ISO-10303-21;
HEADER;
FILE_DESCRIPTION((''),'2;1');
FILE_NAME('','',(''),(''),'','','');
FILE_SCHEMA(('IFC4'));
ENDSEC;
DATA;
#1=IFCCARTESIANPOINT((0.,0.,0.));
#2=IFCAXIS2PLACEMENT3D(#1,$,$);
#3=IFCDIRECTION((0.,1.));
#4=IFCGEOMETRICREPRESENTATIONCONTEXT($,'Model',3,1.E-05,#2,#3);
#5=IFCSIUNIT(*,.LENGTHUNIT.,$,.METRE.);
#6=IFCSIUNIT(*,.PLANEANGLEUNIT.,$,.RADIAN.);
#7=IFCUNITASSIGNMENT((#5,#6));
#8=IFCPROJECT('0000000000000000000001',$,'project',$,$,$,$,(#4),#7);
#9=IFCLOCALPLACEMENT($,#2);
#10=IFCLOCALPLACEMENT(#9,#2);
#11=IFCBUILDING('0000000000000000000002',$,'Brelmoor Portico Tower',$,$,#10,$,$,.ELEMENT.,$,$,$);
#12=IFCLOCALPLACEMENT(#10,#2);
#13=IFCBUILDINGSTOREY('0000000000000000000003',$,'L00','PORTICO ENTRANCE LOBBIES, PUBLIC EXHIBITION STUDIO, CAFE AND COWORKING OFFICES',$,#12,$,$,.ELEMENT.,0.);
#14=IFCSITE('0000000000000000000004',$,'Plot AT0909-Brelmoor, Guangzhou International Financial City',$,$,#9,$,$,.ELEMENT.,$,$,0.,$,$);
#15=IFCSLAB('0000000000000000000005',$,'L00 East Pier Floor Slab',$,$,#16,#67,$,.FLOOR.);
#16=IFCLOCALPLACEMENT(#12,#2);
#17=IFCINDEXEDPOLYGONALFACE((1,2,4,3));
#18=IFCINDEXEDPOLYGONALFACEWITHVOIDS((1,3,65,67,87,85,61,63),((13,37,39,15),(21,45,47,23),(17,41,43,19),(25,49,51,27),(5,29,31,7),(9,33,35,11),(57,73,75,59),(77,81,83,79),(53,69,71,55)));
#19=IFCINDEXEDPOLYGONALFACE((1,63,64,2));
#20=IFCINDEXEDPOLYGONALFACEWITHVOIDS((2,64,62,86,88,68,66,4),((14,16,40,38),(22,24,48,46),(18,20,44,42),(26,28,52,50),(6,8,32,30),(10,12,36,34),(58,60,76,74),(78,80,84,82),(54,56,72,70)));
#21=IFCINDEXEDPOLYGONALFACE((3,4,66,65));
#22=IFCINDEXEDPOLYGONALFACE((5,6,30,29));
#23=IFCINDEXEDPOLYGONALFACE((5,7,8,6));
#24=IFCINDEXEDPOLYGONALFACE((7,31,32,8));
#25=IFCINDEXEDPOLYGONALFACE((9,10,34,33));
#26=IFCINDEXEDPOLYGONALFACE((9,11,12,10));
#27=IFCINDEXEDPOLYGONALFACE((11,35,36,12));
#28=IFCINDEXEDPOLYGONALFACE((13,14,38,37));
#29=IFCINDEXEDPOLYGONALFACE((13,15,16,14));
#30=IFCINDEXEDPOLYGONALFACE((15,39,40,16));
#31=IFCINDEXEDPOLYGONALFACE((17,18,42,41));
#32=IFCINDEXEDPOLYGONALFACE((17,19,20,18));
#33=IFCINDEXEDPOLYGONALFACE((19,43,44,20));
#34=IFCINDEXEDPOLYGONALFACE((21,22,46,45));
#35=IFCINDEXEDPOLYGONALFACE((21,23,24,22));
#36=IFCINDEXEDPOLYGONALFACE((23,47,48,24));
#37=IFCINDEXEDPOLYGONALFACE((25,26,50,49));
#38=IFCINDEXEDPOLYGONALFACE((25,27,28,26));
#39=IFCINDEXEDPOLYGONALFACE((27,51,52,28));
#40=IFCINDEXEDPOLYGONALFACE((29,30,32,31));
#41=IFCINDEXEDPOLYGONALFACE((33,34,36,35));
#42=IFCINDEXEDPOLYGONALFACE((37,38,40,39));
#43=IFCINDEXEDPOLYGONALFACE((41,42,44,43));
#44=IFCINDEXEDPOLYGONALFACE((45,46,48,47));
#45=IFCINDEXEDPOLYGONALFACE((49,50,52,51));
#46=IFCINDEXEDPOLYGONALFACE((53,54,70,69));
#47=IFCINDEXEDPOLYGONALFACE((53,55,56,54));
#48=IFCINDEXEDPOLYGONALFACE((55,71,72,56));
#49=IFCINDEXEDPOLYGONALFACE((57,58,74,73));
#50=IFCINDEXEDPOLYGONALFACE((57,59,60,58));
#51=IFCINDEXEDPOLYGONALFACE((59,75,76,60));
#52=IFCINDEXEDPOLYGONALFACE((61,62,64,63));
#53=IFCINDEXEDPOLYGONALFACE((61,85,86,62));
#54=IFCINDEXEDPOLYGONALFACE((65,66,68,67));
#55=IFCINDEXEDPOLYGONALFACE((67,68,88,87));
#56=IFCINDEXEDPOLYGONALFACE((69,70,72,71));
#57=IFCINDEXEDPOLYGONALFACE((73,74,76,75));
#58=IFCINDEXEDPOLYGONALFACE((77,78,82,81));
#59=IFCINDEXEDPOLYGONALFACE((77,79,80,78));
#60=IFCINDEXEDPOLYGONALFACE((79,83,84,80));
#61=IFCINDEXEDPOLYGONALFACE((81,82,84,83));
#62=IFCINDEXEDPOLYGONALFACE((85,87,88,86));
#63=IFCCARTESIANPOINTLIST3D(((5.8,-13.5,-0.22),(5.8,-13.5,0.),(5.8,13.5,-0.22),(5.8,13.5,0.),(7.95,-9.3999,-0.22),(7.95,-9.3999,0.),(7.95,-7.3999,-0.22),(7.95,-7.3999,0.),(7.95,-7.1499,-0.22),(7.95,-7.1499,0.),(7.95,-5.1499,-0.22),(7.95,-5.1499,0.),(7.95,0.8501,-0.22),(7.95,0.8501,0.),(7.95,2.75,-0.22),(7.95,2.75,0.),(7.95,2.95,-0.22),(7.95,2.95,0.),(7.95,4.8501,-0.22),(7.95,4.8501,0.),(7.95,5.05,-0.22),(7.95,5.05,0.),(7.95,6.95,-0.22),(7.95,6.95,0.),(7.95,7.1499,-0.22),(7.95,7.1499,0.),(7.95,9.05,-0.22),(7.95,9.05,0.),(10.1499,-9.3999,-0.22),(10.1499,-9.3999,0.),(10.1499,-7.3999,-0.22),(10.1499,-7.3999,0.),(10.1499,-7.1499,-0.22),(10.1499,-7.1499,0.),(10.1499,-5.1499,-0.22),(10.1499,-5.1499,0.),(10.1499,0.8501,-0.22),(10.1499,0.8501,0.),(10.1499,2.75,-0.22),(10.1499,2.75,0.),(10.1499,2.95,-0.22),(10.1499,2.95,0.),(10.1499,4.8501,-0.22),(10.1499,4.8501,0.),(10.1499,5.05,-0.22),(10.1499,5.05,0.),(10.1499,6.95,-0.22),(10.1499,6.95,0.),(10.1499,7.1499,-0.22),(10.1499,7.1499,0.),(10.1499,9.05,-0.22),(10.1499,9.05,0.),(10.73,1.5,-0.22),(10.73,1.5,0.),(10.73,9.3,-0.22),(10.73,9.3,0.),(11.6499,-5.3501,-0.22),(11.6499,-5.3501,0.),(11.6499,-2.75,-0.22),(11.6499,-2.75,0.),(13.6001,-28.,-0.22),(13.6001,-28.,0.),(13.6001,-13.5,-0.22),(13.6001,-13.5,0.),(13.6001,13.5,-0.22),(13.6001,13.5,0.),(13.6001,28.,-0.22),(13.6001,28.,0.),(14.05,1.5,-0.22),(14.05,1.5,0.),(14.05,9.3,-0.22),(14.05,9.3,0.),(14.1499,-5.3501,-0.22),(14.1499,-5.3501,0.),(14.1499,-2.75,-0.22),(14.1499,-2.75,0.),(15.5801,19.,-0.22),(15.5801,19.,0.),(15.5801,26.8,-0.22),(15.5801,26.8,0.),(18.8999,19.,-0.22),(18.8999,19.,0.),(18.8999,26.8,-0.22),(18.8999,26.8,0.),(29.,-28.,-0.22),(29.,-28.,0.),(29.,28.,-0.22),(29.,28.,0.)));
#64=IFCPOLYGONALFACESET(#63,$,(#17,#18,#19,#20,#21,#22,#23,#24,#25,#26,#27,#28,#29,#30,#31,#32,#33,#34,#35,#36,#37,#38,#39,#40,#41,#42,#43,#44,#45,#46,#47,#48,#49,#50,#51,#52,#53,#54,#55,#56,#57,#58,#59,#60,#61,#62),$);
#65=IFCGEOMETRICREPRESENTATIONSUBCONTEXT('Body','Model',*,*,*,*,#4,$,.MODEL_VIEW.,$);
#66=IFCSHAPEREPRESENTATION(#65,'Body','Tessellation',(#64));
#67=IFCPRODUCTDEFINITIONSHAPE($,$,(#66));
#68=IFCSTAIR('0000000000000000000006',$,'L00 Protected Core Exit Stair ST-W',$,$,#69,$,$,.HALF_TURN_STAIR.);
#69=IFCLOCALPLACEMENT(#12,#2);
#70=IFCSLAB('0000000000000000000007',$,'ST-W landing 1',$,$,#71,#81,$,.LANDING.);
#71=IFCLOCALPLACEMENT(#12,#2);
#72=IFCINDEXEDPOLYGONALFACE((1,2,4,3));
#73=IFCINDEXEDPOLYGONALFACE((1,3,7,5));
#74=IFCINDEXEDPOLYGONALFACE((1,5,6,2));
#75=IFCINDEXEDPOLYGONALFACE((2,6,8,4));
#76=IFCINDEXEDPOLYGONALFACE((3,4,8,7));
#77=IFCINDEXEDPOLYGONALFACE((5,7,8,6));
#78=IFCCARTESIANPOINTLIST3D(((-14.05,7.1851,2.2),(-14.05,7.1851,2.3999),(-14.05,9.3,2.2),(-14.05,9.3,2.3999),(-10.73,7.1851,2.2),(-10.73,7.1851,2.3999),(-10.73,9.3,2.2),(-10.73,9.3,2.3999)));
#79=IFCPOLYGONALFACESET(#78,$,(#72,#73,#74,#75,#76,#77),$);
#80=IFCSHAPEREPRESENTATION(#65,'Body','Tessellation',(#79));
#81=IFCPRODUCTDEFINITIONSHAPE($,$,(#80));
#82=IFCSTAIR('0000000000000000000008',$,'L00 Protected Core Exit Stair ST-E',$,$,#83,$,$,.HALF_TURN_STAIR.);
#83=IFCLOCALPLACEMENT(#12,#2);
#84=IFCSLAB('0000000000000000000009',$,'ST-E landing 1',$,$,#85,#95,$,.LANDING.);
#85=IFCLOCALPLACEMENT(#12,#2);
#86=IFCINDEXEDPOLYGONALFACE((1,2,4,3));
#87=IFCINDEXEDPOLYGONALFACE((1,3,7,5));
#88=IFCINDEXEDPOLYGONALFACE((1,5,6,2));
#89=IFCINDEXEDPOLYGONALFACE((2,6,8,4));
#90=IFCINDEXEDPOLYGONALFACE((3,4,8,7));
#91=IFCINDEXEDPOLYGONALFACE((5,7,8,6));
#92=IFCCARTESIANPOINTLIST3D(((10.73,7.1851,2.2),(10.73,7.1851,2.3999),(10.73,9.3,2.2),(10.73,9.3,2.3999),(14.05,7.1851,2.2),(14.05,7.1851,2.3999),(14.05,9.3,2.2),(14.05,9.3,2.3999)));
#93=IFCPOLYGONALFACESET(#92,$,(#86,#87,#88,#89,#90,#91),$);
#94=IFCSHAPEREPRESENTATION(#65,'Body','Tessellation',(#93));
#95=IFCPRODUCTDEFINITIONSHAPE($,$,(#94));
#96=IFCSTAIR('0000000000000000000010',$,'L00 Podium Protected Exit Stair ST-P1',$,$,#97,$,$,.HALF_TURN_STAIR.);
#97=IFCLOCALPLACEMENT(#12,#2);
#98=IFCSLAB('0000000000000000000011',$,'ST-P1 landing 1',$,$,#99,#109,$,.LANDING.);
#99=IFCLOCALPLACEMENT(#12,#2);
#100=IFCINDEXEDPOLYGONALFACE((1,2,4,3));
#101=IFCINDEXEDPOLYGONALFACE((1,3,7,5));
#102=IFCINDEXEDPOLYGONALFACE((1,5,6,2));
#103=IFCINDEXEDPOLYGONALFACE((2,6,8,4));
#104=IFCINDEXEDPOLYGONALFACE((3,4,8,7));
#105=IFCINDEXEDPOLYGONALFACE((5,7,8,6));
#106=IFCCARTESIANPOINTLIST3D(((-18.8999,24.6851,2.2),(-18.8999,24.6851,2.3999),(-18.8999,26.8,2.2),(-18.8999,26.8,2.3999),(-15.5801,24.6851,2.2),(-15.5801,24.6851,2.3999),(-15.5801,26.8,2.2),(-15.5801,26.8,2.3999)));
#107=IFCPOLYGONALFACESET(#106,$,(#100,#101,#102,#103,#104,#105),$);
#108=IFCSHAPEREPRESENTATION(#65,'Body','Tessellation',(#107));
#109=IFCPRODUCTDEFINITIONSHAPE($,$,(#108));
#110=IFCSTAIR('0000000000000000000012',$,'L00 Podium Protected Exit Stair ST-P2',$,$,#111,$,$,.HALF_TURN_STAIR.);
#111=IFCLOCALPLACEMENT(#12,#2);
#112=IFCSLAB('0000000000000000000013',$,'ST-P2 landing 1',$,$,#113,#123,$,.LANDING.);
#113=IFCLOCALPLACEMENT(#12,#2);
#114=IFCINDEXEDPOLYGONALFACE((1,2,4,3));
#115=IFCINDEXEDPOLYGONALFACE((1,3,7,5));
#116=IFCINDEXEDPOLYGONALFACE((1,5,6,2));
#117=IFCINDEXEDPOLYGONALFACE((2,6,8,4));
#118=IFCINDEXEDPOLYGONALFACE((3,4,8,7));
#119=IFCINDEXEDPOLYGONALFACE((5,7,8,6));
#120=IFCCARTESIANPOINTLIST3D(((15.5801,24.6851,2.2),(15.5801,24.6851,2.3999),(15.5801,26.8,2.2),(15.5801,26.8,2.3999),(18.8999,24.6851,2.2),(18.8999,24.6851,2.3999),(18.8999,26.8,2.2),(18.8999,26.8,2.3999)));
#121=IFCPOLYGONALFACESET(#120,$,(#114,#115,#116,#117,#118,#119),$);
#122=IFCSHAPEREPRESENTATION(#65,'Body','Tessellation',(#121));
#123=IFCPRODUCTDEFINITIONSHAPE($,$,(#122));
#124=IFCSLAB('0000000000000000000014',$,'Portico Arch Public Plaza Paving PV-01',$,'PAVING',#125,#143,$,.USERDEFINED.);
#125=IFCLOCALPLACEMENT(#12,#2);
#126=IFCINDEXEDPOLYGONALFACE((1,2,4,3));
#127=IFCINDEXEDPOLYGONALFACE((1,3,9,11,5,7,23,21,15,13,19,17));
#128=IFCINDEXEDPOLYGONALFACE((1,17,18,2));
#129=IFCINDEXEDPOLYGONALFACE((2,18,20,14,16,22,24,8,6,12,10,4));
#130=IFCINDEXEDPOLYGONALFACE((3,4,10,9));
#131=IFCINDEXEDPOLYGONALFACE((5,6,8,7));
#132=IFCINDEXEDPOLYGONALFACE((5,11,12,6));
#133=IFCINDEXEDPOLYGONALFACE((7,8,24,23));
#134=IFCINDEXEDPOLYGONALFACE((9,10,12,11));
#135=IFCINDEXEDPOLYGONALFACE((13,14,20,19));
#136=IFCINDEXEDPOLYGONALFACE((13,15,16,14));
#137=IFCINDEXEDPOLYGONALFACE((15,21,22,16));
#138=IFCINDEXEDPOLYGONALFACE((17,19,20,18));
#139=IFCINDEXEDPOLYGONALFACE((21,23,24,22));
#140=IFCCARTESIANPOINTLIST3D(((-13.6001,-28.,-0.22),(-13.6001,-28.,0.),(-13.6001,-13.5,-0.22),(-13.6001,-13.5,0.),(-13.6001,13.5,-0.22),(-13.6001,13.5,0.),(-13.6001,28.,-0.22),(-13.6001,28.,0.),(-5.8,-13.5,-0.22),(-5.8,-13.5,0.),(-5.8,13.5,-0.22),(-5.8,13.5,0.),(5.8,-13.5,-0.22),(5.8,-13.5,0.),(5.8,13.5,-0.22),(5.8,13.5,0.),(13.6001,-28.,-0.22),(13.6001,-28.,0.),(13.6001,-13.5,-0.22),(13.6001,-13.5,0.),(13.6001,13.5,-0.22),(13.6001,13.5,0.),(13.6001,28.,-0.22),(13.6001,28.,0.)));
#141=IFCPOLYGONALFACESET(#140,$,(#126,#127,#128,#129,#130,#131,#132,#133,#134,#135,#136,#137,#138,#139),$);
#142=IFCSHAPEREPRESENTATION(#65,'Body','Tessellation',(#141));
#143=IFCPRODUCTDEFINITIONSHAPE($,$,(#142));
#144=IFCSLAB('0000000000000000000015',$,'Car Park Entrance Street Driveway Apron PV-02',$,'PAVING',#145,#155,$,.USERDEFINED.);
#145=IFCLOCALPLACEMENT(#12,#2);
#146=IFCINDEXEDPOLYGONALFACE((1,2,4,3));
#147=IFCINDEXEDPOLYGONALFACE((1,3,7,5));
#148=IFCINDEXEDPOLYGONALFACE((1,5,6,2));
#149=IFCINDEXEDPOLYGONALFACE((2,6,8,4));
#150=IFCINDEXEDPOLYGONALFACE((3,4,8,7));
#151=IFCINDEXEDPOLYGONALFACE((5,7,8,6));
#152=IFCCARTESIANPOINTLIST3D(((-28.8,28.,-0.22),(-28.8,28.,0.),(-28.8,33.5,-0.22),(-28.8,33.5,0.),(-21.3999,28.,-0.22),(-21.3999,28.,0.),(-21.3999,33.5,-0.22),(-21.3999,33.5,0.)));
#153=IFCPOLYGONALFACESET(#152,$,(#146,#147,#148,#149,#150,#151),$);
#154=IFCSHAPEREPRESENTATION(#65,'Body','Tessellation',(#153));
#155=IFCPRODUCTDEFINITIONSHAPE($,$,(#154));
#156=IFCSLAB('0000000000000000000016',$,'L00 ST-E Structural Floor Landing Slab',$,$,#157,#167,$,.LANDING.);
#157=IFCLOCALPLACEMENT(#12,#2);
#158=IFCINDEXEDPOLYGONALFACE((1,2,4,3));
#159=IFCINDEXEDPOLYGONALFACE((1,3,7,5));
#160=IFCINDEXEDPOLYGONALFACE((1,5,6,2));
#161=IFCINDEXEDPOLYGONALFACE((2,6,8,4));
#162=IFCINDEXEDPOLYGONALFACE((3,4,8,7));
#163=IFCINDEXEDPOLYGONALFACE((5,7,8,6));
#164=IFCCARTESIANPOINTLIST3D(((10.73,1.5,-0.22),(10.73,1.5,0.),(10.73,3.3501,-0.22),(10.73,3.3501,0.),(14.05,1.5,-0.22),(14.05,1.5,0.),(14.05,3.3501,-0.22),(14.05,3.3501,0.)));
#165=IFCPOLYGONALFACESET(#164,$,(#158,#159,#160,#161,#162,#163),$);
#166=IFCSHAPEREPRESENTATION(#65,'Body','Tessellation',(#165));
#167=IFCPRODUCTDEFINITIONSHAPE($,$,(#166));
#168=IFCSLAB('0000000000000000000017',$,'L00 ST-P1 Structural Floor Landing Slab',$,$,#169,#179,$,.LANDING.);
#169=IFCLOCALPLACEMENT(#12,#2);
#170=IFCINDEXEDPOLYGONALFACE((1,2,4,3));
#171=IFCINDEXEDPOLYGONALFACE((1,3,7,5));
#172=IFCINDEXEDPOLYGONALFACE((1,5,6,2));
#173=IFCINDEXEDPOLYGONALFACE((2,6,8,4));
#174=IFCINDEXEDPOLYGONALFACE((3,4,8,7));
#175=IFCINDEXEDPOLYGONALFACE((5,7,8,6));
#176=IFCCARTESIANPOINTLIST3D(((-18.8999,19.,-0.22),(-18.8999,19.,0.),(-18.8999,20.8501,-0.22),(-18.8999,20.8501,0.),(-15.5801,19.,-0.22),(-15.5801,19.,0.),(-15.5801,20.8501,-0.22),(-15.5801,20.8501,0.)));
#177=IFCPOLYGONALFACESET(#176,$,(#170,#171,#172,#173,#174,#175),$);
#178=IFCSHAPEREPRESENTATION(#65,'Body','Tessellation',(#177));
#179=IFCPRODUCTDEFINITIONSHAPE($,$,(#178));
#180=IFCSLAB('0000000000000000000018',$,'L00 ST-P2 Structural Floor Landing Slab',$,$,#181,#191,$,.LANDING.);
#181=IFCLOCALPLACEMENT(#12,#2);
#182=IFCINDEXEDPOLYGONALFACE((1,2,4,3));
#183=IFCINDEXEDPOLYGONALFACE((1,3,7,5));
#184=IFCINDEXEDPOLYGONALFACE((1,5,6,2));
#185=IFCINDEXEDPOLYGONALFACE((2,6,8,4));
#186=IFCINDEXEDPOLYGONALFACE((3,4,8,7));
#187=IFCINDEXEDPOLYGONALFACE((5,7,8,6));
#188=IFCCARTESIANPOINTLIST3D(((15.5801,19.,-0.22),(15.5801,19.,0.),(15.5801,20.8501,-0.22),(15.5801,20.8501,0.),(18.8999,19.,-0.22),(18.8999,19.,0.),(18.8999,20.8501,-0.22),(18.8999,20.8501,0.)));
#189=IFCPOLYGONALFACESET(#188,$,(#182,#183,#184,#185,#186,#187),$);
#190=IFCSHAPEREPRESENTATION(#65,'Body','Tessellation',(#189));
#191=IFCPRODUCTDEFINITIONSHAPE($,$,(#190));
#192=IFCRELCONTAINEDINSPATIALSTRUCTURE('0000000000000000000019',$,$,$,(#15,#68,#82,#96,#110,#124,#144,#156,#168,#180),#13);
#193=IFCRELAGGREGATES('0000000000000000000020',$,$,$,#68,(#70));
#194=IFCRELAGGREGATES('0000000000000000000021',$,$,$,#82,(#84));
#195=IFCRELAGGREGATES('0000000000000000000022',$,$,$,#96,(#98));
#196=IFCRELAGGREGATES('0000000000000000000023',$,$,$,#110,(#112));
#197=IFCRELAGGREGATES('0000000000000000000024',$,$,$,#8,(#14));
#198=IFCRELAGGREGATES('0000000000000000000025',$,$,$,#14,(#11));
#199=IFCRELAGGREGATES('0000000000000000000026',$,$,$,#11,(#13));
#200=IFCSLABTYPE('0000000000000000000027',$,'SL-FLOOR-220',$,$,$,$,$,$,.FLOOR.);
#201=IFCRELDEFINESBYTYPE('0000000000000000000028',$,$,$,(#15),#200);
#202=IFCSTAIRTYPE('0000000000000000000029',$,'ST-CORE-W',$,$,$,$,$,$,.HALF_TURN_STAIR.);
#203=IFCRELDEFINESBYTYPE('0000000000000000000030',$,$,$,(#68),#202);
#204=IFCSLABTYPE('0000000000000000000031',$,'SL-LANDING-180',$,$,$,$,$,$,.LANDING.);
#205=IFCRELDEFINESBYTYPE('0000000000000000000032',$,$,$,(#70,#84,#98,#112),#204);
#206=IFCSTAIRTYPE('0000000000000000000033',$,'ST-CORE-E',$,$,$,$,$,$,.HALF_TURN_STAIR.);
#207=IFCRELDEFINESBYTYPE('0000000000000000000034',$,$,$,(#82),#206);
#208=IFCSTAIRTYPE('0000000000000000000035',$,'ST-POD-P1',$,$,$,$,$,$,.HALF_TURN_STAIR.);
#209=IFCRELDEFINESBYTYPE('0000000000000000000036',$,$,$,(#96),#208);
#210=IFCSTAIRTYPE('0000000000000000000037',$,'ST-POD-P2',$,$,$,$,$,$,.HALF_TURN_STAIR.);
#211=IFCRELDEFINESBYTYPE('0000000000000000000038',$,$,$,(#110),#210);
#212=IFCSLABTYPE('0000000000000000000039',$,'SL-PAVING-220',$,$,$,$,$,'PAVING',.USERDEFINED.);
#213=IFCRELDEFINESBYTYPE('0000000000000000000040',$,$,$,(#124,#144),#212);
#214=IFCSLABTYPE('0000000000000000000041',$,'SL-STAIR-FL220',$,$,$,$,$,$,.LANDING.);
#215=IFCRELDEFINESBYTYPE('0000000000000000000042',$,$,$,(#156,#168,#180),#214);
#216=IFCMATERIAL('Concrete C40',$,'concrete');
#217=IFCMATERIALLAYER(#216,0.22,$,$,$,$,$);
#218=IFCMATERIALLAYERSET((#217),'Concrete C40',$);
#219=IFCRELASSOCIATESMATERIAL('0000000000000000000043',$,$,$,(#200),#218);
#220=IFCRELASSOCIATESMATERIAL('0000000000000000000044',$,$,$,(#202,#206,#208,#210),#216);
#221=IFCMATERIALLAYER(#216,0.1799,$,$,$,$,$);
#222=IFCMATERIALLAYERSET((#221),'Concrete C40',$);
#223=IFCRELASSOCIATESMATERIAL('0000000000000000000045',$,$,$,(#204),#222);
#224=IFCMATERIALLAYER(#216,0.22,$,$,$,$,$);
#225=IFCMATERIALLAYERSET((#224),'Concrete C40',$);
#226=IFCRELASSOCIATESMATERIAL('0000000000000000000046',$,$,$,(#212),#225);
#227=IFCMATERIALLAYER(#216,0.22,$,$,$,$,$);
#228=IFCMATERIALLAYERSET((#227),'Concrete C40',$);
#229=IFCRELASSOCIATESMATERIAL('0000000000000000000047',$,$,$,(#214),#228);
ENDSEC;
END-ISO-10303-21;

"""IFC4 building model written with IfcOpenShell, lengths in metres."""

from ifc_helpers import new_model, si_unit, direction, frame, origin, place, context, subcontext, project, spatial, polyline, outline, extrude, material, layer, layer_set, type_object, element, aggregate, save


model = new_model("IFC4")

# Units and contexts
model_context = context("Model", 3, precision=1e-05, world=origin(), true_north=direction((0.0, 1.0)))
body_context = subcontext(model_context, "Body", "Model", "MODEL_VIEW")
ifc_project = project(units=[si_unit("LENGTHUNIT", "METRE"), si_unit("PLANEANGLEUNIT", "RADIAN")], contexts=[model_context])

# Site, building, storey
site_placement = place(None, origin())
site = spatial("IfcSite", under=ifc_project, at=site_placement, Name="Plot AT0909-Brelmoor, Guangzhou International Financial City", CompositionType="ELEMENT", RefElevation=0.0)
building_placement = place(site_placement, origin())
building = spatial("IfcBuilding", under=site, at=building_placement, Name="Brelmoor Portico Tower", CompositionType="ELEMENT")
storey_placement = place(building_placement, origin())
storey = spatial("IfcBuildingStorey", under=building, at=storey_placement, Name="L00", Description="PORTICO ENTRANCE LOBBIES, PUBLIC EXHIBITION STUDIO, CAFE AND COWORKING OFFICES", CompositionType="ELEMENT", Elevation=0.0)

# Slab
ifc_material_1 = material(Name="Concrete C40", Category="concrete")
ifc_layer_1 = layer(ifc_material_1, 0.22)
ifc_layer_set_1 = layer_set([ifc_layer_1], Name="Concrete C40")
slab_type_1 = type_object("IfcSlabType", Name="SL-FLOOR-220", PredefinedType="FLOOR", material=ifc_layer_set_1)
slab_1_placement = place(storey_placement, frame((0.0, 0.0, -0.22)))
element("IfcSlab", 1, at=slab_1_placement, inside=storey, type_object=slab_type_1, Name="L00 East Pier Floor Slab", PredefinedType="FLOOR", context=body_context, shape_type="SweptSolid", body=[
    extrude(outline(polyline([(13.6001, -28.0), (29.0, -28.0), (29.0, 28.0), (13.6001, 28.0), (13.6001, 13.5), (5.8, 13.5), (5.8, -13.5), (13.6001, -13.5), (13.6001, -28.0)]), holes=[polyline([(14.05, 1.5), (14.05, 9.3), (10.73, 9.3), (10.73, 1.5), (14.05, 1.5)]), polyline([(18.8999, 19.0), (18.8999, 26.8), (15.5801, 26.8), (15.5801, 19.0), (18.8999, 19.0)]), polyline([(7.95, 0.8501), (10.1499, 0.8501), (10.1499, 2.75), (7.95, 2.75), (7.95, 0.8501)]), polyline([(7.95, 2.95), (10.1499, 2.95), (10.1499, 4.8501), (7.95, 4.8501), (7.95, 2.95)]), polyline([(7.95, 5.05), (10.1499, 5.05), (10.1499, 6.95), (7.95, 6.95), (7.95, 5.05)]), polyline([(7.95, 7.1499), (10.1499, 7.1499), (10.1499, 9.05), (7.95, 9.05), (7.95, 7.1499)]), polyline([(7.95, -9.3999), (10.1499, -9.3999), (10.1499, -7.3999), (7.95, -7.3999), (7.95, -9.3999)]), polyline([(7.95, -7.1499), (10.1499, -7.1499), (10.1499, -5.1499), (7.95, -5.1499), (7.95, -7.1499)]), polyline([(11.6499, -5.3501), (14.1499, -5.3501), (14.1499, -2.75), (11.6499, -2.75), (11.6499, -5.3501)])]), origin(), (0.0, 0.0, 1.0), 0.22),
])

# Stairs, slabs
stair_type_1 = type_object("IfcStairType", Name="ST-CORE-W", PredefinedType="HALF_TURN_STAIR", material=ifc_material_1)
stair_1_placement = place(storey_placement, origin())
stair_1 = element("IfcStair", 2, at=stair_1_placement, inside=storey, type_object=stair_type_1, Name="L00 Protected Core Exit Stair ST-W", PredefinedType="HALF_TURN_STAIR")
ifc_layer_2 = layer(ifc_material_1, 0.1799)
ifc_layer_set_2 = layer_set([ifc_layer_2], Name="Concrete C40")
slab_type_2 = type_object("IfcSlabType", Name="SL-LANDING-180", PredefinedType="LANDING", material=ifc_layer_set_2)
slab_2_placement = place(storey_placement, frame((0.0, 0.0, 2.2)))
slab_2 = element("IfcSlab", 3, at=slab_2_placement, type_object=slab_type_2, Name="ST-W landing 1", PredefinedType="LANDING", context=body_context, shape_type="SweptSolid", body=[
    extrude(outline(polyline([(-10.73, 7.1851), (-10.73, 9.3), (-14.05, 9.3), (-14.05, 7.1851), (-10.73, 7.1851)])), origin(), (0.0, 0.0, 1.0), 0.2),
])
aggregate(stair_1, [slab_2])
stair_type_2 = type_object("IfcStairType", Name="ST-CORE-E", PredefinedType="HALF_TURN_STAIR", material=ifc_material_1)
stair_2_placement = place(storey_placement, origin())
stair_2 = element("IfcStair", 4, at=stair_2_placement, inside=storey, type_object=stair_type_2, Name="L00 Protected Core Exit Stair ST-E", PredefinedType="HALF_TURN_STAIR")
slab_3_placement = place(storey_placement, frame((0.0, 0.0, 2.2)))
slab_3 = element("IfcSlab", 5, at=slab_3_placement, type_object=slab_type_2, Name="ST-E landing 1", PredefinedType="LANDING", context=body_context, shape_type="SweptSolid", body=[
    extrude(outline(polyline([(14.05, 7.1851), (14.05, 9.3), (10.73, 9.3), (10.73, 7.1851), (14.05, 7.1851)])), origin(), (0.0, 0.0, 1.0), 0.2),
])
aggregate(stair_2, [slab_3])
stair_type_3 = type_object("IfcStairType", Name="ST-POD-P1", PredefinedType="HALF_TURN_STAIR", material=ifc_material_1)
stair_3_placement = place(storey_placement, origin())
stair_3 = element("IfcStair", 6, at=stair_3_placement, inside=storey, type_object=stair_type_3, Name="L00 Podium Protected Exit Stair ST-P1", PredefinedType="HALF_TURN_STAIR")
slab_4_placement = place(storey_placement, frame((0.0, 0.0, 2.2)))
slab_4 = element("IfcSlab", 7, at=slab_4_placement, type_object=slab_type_2, Name="ST-P1 landing 1", PredefinedType="LANDING", context=body_context, shape_type="SweptSolid", body=[
    extrude(outline(polyline([(-15.5801, 24.6851), (-15.5801, 26.8), (-18.8999, 26.8), (-18.8999, 24.6851), (-15.5801, 24.6851)])), origin(), (0.0, 0.0, 1.0), 0.2),
])
aggregate(stair_3, [slab_4])
stair_type_4 = type_object("IfcStairType", Name="ST-POD-P2", PredefinedType="HALF_TURN_STAIR", material=ifc_material_1)
stair_4_placement = place(storey_placement, origin())
stair_4 = element("IfcStair", 8, at=stair_4_placement, inside=storey, type_object=stair_type_4, Name="L00 Podium Protected Exit Stair ST-P2", PredefinedType="HALF_TURN_STAIR")
slab_5_placement = place(storey_placement, frame((0.0, 0.0, 2.2)))
slab_5 = element("IfcSlab", 9, at=slab_5_placement, type_object=slab_type_2, Name="ST-P2 landing 1", PredefinedType="LANDING", context=body_context, shape_type="SweptSolid", body=[
    extrude(outline(polyline([(18.8999, 24.6851), (18.8999, 26.8), (15.5801, 26.8), (15.5801, 24.6851), (18.8999, 24.6851)])), origin(), (0.0, 0.0, 1.0), 0.2),
])
aggregate(stair_4, [slab_5])

# Slabs
ifc_layer_3 = layer(ifc_material_1, 0.22)
ifc_layer_set_3 = layer_set([ifc_layer_3], Name="Concrete C40")
slab_type_3 = type_object("IfcSlabType", Name="SL-PAVING-220", ElementType="PAVING", PredefinedType="USERDEFINED", material=ifc_layer_set_3)
slab_6_placement = place(storey_placement, frame((0.0, 0.0, -0.22)))
element("IfcSlab", 10, at=slab_6_placement, inside=storey, type_object=slab_type_3, Name="Portico Arch Public Plaza Paving PV-01", ObjectType="PAVING", PredefinedType="USERDEFINED", context=body_context, shape_type="SweptSolid", body=[
    extrude(outline(polyline([(-13.6001, -28.0), (13.6001, -28.0), (13.6001, -13.5), (5.8, -13.5), (5.8, 13.5), (13.6001, 13.5), (13.6001, 28.0), (-13.6001, 28.0), (-13.6001, 13.5), (-5.8, 13.5), (-5.8, -13.5), (-13.6001, -13.5), (-13.6001, -28.0)])), origin(), (0.0, 0.0, 1.0), 0.22),
])
slab_7_placement = place(storey_placement, frame((0.0, 0.0, -0.22)))
element("IfcSlab", 11, at=slab_7_placement, inside=storey, type_object=slab_type_3, Name="Car Park Entrance Street Driveway Apron PV-02", ObjectType="PAVING", PredefinedType="USERDEFINED", context=body_context, shape_type="SweptSolid", body=[
    extrude(outline(polyline([(-28.8, 28.0), (-21.3999, 28.0), (-21.3999, 33.5), (-28.8, 33.5), (-28.8, 28.0)])), origin(), (0.0, 0.0, 1.0), 0.22),
])
ifc_layer_4 = layer(ifc_material_1, 0.22)
ifc_layer_set_4 = layer_set([ifc_layer_4], Name="Concrete C40")
slab_type_4 = type_object("IfcSlabType", Name="SL-STAIR-FL220", PredefinedType="LANDING", material=ifc_layer_set_4)
slab_8_placement = place(storey_placement, frame((0.0, 0.0, -0.22)))
element("IfcSlab", 12, at=slab_8_placement, inside=storey, type_object=slab_type_4, Name="L00 ST-E Structural Floor Landing Slab", PredefinedType="LANDING", context=body_context, shape_type="SweptSolid", body=[
    extrude(outline(polyline([(14.05, 1.5), (14.05, 3.3501), (10.73, 3.3501), (10.73, 1.5), (14.05, 1.5)])), origin(), (0.0, 0.0, 1.0), 0.22),
])
slab_9_placement = place(storey_placement, frame((0.0, 0.0, -0.22)))
element("IfcSlab", 13, at=slab_9_placement, inside=storey, type_object=slab_type_4, Name="L00 ST-P1 Structural Floor Landing Slab", PredefinedType="LANDING", context=body_context, shape_type="SweptSolid", body=[
    extrude(outline(polyline([(-15.5801, 19.0), (-15.5801, 20.8501), (-18.8999, 20.8501), (-18.8999, 19.0), (-15.5801, 19.0)])), origin(), (0.0, 0.0, 1.0), 0.22),
])
slab_10_placement = place(storey_placement, frame((0.0, 0.0, -0.22)))
element("IfcSlab", 14, at=slab_10_placement, inside=storey, type_object=slab_type_4, Name="L00 ST-P2 Structural Floor Landing Slab", PredefinedType="LANDING", context=body_context, shape_type="SweptSolid", body=[
    extrude(outline(polyline([(18.8999, 19.0), (18.8999, 20.8501), (15.5801, 20.8501), (15.5801, 19.0), (18.8999, 19.0)])), origin(), (0.0, 0.0, 1.0), 0.22),
])

save(model, "model.ifc")
